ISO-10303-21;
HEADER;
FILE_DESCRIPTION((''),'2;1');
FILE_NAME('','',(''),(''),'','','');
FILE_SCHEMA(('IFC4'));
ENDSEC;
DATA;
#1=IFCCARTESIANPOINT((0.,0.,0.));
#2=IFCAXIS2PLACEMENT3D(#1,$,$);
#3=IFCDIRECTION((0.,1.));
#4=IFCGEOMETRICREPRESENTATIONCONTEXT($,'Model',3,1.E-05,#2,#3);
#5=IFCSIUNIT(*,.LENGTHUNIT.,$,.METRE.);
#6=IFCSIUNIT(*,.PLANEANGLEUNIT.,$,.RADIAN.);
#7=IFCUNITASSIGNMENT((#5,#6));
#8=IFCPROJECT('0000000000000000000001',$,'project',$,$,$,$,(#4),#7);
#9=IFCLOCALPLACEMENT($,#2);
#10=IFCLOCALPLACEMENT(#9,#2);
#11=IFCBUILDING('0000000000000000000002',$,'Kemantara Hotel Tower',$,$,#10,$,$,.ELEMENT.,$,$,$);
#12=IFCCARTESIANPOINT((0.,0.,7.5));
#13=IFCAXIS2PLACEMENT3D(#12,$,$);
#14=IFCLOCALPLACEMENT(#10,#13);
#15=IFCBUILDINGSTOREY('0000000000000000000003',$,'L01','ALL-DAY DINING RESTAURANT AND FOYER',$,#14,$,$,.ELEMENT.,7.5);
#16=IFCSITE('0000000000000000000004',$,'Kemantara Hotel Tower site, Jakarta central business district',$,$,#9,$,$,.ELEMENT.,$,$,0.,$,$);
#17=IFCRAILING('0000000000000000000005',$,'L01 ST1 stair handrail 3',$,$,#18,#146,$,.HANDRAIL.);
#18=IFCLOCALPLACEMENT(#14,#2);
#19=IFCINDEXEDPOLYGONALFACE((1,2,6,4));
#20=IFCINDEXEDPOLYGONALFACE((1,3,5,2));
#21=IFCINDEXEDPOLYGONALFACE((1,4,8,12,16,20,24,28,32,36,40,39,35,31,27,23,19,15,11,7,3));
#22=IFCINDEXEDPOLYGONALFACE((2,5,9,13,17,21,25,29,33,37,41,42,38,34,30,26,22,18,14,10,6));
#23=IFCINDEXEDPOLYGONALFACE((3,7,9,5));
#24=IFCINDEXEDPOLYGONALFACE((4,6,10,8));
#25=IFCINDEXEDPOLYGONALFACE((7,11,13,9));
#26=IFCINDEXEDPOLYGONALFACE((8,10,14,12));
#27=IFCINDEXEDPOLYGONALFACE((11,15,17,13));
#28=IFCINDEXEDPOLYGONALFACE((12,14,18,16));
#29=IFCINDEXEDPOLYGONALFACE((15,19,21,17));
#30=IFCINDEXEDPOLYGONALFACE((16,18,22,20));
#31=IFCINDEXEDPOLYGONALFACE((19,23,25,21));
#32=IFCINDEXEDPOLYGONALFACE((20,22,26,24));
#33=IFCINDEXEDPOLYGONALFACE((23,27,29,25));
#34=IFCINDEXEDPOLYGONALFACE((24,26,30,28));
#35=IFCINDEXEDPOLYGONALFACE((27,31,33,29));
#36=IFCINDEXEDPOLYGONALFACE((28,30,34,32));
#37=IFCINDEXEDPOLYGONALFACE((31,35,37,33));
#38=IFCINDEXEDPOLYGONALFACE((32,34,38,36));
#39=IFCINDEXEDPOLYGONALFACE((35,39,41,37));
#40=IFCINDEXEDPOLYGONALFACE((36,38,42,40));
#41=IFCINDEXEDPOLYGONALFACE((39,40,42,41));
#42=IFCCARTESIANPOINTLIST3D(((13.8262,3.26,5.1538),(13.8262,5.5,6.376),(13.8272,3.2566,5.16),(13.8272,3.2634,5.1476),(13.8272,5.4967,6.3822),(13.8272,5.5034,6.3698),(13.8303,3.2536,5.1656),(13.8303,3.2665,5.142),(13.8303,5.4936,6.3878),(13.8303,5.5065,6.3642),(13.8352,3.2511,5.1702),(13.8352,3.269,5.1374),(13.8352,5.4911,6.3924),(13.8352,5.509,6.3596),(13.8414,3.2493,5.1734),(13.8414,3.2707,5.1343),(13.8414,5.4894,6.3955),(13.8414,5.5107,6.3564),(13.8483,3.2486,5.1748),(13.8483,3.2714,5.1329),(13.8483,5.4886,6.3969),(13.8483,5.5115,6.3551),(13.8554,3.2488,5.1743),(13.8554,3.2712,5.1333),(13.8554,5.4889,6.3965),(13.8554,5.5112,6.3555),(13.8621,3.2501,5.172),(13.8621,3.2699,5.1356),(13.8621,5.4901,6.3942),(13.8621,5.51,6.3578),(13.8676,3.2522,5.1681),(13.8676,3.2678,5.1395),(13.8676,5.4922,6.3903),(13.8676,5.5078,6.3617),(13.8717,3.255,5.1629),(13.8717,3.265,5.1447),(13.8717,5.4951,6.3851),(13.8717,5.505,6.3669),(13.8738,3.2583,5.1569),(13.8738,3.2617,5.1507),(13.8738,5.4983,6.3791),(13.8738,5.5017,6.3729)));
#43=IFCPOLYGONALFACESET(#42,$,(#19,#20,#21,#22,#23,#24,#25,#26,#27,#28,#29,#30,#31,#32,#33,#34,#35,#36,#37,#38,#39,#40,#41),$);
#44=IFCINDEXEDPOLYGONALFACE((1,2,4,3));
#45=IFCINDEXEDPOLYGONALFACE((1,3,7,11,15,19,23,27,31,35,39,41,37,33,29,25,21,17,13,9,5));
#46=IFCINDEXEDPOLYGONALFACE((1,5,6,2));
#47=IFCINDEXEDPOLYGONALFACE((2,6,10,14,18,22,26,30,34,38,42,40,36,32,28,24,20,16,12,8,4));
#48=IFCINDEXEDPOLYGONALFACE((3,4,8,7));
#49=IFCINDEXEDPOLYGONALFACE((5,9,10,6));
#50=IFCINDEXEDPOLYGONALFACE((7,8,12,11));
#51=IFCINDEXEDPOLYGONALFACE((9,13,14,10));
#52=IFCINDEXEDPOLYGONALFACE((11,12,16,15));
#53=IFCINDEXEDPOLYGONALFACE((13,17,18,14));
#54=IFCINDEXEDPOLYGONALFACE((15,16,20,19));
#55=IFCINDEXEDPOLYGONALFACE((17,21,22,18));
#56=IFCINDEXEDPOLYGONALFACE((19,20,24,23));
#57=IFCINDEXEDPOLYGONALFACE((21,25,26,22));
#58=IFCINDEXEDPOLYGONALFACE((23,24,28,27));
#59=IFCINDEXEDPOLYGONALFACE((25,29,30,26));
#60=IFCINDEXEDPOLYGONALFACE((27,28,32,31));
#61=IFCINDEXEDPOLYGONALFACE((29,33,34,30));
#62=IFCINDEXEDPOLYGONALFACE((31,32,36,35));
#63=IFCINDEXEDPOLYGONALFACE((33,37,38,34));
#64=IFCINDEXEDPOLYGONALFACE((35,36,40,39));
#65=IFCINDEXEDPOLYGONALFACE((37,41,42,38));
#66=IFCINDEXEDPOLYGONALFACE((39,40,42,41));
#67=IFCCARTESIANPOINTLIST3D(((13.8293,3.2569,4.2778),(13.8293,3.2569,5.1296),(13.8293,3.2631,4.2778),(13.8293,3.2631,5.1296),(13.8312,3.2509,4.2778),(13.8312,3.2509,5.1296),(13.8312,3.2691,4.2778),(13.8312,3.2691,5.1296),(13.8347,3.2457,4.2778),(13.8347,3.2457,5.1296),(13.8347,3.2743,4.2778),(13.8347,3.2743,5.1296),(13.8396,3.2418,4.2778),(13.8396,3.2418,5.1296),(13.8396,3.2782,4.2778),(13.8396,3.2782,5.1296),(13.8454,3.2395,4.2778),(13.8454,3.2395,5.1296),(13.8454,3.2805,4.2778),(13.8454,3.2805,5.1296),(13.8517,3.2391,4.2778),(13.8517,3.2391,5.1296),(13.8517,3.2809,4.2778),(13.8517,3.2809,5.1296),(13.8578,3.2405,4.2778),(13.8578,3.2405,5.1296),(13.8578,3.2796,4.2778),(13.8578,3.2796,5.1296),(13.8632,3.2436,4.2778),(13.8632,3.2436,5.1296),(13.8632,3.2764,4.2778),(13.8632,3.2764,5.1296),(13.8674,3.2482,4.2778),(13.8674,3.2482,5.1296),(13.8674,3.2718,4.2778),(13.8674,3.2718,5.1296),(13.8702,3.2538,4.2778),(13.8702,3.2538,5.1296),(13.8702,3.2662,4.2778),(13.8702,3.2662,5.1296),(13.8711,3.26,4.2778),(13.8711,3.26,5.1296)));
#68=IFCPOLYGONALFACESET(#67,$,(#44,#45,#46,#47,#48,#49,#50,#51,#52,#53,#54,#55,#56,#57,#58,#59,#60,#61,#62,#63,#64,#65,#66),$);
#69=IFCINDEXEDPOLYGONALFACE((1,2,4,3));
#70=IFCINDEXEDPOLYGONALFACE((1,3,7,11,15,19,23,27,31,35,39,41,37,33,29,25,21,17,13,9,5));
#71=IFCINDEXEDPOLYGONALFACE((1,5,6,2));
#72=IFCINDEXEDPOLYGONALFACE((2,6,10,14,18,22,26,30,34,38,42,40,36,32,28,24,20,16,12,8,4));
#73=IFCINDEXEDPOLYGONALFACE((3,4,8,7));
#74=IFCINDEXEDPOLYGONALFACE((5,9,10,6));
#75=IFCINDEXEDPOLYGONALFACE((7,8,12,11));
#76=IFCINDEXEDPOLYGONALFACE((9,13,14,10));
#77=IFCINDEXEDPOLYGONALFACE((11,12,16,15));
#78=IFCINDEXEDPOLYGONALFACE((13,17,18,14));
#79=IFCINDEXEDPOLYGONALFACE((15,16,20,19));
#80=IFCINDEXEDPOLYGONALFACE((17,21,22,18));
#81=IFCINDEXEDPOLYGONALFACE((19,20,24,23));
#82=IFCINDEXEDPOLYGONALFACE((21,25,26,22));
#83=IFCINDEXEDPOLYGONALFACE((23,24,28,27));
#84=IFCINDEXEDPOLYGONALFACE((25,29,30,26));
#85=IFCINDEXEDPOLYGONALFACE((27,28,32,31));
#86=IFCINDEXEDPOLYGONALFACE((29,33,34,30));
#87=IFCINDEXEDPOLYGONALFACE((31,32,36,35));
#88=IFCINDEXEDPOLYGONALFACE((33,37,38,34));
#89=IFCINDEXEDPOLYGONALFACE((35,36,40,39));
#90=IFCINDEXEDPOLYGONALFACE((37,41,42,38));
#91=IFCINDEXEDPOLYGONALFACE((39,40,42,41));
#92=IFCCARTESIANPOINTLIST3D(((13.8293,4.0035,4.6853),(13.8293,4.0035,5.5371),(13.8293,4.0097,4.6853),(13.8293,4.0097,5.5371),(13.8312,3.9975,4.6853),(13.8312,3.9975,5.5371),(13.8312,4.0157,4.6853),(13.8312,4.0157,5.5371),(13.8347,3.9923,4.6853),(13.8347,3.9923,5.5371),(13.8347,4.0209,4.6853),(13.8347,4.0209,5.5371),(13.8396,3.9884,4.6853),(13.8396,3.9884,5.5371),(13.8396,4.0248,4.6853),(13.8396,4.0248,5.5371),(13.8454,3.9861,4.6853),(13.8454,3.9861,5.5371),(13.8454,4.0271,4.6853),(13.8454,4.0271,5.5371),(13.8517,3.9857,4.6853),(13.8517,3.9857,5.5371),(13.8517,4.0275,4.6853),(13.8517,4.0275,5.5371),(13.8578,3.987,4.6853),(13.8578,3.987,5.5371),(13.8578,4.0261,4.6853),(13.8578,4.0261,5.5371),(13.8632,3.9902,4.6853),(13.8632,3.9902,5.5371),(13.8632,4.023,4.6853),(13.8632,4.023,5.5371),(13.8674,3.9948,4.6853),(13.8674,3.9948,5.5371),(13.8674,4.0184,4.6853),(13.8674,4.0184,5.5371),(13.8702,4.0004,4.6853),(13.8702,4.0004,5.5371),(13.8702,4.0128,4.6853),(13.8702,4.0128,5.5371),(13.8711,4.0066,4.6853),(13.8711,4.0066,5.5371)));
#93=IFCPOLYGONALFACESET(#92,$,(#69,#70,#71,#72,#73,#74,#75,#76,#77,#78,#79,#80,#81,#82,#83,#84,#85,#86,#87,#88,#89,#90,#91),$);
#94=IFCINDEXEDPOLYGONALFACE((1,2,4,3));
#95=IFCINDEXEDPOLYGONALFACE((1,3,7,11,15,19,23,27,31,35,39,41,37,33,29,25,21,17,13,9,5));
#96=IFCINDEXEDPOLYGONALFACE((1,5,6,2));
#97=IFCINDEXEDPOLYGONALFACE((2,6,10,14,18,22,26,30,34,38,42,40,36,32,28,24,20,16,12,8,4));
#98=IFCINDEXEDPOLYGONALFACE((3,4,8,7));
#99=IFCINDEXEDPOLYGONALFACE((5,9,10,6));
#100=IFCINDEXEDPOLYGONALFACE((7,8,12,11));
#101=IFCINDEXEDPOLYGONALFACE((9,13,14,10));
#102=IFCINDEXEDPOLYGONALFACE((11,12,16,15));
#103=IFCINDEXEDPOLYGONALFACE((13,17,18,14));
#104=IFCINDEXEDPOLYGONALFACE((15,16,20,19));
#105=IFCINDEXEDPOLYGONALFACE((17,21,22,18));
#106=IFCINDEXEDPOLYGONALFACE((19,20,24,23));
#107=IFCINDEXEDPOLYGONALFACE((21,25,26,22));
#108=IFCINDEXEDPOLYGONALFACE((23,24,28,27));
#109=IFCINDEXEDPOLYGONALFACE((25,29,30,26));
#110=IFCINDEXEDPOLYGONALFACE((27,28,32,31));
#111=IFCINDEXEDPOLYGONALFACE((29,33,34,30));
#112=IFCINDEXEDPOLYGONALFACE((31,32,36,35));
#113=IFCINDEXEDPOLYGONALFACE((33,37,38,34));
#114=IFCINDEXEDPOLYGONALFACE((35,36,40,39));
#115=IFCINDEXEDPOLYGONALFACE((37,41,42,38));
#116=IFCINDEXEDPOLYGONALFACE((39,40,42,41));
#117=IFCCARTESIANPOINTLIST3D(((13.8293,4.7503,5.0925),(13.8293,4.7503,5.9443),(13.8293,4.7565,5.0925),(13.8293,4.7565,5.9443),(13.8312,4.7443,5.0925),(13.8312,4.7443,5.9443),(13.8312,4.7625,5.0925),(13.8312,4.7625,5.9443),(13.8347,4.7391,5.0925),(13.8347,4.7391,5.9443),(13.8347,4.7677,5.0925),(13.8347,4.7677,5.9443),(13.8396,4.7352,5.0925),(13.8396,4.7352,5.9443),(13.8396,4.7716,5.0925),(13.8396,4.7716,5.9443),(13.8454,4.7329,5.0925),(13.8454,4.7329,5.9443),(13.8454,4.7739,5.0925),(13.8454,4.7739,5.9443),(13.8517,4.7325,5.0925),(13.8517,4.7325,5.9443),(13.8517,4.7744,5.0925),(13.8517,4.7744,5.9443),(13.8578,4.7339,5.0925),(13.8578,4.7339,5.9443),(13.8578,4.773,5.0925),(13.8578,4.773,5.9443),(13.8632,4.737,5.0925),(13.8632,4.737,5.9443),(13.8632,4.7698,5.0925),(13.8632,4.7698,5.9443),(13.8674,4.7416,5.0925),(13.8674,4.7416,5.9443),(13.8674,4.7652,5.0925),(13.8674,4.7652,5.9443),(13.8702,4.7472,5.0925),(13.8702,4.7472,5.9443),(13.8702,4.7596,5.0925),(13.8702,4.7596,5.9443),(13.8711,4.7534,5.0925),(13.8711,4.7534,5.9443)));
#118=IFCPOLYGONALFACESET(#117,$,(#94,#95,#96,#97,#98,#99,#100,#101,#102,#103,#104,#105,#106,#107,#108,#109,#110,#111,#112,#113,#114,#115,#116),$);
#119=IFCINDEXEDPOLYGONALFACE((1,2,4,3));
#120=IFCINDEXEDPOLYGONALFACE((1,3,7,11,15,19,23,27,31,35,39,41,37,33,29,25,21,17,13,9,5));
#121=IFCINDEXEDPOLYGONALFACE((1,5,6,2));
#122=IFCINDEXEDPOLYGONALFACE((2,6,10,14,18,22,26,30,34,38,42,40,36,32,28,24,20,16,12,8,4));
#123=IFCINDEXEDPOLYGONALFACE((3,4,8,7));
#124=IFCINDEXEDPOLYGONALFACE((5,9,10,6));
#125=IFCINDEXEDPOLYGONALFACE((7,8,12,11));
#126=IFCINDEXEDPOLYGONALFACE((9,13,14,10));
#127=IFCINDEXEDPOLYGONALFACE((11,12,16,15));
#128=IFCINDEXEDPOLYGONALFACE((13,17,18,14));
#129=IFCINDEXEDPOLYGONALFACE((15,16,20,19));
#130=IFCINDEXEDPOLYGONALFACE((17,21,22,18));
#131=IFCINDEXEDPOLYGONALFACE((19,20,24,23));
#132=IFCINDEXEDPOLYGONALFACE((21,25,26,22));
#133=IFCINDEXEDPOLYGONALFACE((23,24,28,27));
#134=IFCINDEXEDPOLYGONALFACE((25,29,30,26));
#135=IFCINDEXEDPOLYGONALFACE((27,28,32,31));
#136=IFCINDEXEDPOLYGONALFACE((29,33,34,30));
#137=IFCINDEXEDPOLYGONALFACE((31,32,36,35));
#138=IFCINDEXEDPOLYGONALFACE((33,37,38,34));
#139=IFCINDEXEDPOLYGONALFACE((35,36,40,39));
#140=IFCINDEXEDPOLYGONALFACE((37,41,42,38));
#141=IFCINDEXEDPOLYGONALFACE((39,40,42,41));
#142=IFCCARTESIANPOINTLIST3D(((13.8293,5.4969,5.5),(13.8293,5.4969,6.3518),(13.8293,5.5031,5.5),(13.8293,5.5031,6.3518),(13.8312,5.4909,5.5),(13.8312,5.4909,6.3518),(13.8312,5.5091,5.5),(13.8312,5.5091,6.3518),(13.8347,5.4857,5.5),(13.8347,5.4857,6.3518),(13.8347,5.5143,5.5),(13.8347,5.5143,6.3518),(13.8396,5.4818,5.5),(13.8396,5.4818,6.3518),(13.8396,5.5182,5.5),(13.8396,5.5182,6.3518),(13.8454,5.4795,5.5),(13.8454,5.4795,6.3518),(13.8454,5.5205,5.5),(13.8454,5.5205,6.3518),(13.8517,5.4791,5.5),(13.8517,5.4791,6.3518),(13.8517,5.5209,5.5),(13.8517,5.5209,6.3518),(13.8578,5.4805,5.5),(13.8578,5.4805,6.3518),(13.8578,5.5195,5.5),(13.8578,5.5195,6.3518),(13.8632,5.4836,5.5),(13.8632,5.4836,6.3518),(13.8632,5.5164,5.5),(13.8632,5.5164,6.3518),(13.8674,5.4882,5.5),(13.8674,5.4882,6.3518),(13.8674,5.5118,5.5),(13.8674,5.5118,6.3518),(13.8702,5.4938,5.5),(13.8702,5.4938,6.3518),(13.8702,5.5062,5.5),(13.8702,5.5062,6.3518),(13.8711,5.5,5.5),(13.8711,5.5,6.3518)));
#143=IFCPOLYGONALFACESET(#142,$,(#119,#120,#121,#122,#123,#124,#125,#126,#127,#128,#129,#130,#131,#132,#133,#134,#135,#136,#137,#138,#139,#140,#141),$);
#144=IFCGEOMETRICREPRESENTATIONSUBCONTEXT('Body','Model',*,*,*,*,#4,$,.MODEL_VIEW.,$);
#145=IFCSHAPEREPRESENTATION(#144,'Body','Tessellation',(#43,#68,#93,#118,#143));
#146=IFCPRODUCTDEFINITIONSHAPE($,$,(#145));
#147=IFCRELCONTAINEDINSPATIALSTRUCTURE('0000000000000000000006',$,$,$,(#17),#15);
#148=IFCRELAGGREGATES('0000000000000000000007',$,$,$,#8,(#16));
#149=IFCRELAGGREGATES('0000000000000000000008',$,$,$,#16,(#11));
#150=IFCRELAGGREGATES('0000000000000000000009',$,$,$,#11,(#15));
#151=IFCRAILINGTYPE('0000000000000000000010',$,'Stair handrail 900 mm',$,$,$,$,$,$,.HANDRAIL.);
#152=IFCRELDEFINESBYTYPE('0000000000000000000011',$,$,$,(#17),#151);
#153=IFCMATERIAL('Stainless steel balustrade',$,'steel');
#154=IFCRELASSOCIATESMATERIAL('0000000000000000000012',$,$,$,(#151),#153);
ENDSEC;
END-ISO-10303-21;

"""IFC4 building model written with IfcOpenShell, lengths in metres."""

from ifc_helpers import new_model, si_unit, direction, frame, origin, origin_2d, place, context, subcontext, project, spatial, circle, extrude, material, type_object, element, save


model = new_model("IFC4")

# Units and contexts
model_context = context("Model", 3, precision=1e-05, world=origin(), true_north=direction((0.0, 1.0)))
body_context = subcontext(model_context, "Body", "Model", "MODEL_VIEW")
ifc_project = project(units=[si_unit("LENGTHUNIT", "METRE"), si_unit("PLANEANGLEUNIT", "RADIAN")], contexts=[model_context])

# Site, building, storey
site_placement = place(None, origin())
site = spatial("IfcSite", under=ifc_project, at=site_placement, Name="Kemantara Hotel Tower site, Jakarta central business district", CompositionType="ELEMENT", RefElevation=0.0)
building_placement = place(site_placement, origin())
building = spatial("IfcBuilding", under=site, at=building_placement, Name="Kemantara Hotel Tower", CompositionType="ELEMENT")
storey_placement = place(building_placement, frame((0.0, 0.0, 7.5)))
storey = spatial("IfcBuildingStorey", under=building, at=storey_placement, Name="L01", Description="ALL-DAY DINING RESTAURANT AND FOYER", CompositionType="ELEMENT", Elevation=7.5)

# Railing
ifc_material_1 = material(Name="Stainless steel balustrade", Category="steel")
railing_type_1 = type_object("IfcRailingType", Name="Stair handrail 900 mm", PredefinedType="HANDRAIL", material=ifc_material_1)
railing_1_placement = place(storey_placement, frame((13.8501, 3.26, 4.2778)))
element("IfcRailing", 1, at=railing_1_placement, inside=storey, type_object=railing_type_1, Name="L01 ST1 stair handrail 3", PredefinedType="HANDRAIL", context=body_context, shape_type="SweptSolid", body=[
    extrude(circle(Radius=0.0239, at=origin_2d()), frame((0.0, 0.0, 0.876), z_axis=(0.0, 0.877837, 0.478959), x_axis=(-1.0, 0.0, 0.0)), (0.0, 0.0, 1.0), 2.5518),
    extrude(circle(Radius=0.021, at=origin_2d()), origin(), (0.0, 0.0, 1.0), 0.8518),
    extrude(circle(Radius=0.021, at=origin_2d()), frame((0.0, 0.7466, 0.4075)), (0.0, 0.0, 1.0), 0.8518),
    extrude(circle(Radius=0.021, at=origin_2d()), frame((0.0, 1.4934, 0.8147)), (0.0, 0.0, 1.0), 0.8518),
    extrude(circle(Radius=0.021, at=origin_2d()), frame((0.0, 2.24, 1.2222)), (0.0, 0.0, 1.0), 0.8518),
])

save(model, "model.ifc")
